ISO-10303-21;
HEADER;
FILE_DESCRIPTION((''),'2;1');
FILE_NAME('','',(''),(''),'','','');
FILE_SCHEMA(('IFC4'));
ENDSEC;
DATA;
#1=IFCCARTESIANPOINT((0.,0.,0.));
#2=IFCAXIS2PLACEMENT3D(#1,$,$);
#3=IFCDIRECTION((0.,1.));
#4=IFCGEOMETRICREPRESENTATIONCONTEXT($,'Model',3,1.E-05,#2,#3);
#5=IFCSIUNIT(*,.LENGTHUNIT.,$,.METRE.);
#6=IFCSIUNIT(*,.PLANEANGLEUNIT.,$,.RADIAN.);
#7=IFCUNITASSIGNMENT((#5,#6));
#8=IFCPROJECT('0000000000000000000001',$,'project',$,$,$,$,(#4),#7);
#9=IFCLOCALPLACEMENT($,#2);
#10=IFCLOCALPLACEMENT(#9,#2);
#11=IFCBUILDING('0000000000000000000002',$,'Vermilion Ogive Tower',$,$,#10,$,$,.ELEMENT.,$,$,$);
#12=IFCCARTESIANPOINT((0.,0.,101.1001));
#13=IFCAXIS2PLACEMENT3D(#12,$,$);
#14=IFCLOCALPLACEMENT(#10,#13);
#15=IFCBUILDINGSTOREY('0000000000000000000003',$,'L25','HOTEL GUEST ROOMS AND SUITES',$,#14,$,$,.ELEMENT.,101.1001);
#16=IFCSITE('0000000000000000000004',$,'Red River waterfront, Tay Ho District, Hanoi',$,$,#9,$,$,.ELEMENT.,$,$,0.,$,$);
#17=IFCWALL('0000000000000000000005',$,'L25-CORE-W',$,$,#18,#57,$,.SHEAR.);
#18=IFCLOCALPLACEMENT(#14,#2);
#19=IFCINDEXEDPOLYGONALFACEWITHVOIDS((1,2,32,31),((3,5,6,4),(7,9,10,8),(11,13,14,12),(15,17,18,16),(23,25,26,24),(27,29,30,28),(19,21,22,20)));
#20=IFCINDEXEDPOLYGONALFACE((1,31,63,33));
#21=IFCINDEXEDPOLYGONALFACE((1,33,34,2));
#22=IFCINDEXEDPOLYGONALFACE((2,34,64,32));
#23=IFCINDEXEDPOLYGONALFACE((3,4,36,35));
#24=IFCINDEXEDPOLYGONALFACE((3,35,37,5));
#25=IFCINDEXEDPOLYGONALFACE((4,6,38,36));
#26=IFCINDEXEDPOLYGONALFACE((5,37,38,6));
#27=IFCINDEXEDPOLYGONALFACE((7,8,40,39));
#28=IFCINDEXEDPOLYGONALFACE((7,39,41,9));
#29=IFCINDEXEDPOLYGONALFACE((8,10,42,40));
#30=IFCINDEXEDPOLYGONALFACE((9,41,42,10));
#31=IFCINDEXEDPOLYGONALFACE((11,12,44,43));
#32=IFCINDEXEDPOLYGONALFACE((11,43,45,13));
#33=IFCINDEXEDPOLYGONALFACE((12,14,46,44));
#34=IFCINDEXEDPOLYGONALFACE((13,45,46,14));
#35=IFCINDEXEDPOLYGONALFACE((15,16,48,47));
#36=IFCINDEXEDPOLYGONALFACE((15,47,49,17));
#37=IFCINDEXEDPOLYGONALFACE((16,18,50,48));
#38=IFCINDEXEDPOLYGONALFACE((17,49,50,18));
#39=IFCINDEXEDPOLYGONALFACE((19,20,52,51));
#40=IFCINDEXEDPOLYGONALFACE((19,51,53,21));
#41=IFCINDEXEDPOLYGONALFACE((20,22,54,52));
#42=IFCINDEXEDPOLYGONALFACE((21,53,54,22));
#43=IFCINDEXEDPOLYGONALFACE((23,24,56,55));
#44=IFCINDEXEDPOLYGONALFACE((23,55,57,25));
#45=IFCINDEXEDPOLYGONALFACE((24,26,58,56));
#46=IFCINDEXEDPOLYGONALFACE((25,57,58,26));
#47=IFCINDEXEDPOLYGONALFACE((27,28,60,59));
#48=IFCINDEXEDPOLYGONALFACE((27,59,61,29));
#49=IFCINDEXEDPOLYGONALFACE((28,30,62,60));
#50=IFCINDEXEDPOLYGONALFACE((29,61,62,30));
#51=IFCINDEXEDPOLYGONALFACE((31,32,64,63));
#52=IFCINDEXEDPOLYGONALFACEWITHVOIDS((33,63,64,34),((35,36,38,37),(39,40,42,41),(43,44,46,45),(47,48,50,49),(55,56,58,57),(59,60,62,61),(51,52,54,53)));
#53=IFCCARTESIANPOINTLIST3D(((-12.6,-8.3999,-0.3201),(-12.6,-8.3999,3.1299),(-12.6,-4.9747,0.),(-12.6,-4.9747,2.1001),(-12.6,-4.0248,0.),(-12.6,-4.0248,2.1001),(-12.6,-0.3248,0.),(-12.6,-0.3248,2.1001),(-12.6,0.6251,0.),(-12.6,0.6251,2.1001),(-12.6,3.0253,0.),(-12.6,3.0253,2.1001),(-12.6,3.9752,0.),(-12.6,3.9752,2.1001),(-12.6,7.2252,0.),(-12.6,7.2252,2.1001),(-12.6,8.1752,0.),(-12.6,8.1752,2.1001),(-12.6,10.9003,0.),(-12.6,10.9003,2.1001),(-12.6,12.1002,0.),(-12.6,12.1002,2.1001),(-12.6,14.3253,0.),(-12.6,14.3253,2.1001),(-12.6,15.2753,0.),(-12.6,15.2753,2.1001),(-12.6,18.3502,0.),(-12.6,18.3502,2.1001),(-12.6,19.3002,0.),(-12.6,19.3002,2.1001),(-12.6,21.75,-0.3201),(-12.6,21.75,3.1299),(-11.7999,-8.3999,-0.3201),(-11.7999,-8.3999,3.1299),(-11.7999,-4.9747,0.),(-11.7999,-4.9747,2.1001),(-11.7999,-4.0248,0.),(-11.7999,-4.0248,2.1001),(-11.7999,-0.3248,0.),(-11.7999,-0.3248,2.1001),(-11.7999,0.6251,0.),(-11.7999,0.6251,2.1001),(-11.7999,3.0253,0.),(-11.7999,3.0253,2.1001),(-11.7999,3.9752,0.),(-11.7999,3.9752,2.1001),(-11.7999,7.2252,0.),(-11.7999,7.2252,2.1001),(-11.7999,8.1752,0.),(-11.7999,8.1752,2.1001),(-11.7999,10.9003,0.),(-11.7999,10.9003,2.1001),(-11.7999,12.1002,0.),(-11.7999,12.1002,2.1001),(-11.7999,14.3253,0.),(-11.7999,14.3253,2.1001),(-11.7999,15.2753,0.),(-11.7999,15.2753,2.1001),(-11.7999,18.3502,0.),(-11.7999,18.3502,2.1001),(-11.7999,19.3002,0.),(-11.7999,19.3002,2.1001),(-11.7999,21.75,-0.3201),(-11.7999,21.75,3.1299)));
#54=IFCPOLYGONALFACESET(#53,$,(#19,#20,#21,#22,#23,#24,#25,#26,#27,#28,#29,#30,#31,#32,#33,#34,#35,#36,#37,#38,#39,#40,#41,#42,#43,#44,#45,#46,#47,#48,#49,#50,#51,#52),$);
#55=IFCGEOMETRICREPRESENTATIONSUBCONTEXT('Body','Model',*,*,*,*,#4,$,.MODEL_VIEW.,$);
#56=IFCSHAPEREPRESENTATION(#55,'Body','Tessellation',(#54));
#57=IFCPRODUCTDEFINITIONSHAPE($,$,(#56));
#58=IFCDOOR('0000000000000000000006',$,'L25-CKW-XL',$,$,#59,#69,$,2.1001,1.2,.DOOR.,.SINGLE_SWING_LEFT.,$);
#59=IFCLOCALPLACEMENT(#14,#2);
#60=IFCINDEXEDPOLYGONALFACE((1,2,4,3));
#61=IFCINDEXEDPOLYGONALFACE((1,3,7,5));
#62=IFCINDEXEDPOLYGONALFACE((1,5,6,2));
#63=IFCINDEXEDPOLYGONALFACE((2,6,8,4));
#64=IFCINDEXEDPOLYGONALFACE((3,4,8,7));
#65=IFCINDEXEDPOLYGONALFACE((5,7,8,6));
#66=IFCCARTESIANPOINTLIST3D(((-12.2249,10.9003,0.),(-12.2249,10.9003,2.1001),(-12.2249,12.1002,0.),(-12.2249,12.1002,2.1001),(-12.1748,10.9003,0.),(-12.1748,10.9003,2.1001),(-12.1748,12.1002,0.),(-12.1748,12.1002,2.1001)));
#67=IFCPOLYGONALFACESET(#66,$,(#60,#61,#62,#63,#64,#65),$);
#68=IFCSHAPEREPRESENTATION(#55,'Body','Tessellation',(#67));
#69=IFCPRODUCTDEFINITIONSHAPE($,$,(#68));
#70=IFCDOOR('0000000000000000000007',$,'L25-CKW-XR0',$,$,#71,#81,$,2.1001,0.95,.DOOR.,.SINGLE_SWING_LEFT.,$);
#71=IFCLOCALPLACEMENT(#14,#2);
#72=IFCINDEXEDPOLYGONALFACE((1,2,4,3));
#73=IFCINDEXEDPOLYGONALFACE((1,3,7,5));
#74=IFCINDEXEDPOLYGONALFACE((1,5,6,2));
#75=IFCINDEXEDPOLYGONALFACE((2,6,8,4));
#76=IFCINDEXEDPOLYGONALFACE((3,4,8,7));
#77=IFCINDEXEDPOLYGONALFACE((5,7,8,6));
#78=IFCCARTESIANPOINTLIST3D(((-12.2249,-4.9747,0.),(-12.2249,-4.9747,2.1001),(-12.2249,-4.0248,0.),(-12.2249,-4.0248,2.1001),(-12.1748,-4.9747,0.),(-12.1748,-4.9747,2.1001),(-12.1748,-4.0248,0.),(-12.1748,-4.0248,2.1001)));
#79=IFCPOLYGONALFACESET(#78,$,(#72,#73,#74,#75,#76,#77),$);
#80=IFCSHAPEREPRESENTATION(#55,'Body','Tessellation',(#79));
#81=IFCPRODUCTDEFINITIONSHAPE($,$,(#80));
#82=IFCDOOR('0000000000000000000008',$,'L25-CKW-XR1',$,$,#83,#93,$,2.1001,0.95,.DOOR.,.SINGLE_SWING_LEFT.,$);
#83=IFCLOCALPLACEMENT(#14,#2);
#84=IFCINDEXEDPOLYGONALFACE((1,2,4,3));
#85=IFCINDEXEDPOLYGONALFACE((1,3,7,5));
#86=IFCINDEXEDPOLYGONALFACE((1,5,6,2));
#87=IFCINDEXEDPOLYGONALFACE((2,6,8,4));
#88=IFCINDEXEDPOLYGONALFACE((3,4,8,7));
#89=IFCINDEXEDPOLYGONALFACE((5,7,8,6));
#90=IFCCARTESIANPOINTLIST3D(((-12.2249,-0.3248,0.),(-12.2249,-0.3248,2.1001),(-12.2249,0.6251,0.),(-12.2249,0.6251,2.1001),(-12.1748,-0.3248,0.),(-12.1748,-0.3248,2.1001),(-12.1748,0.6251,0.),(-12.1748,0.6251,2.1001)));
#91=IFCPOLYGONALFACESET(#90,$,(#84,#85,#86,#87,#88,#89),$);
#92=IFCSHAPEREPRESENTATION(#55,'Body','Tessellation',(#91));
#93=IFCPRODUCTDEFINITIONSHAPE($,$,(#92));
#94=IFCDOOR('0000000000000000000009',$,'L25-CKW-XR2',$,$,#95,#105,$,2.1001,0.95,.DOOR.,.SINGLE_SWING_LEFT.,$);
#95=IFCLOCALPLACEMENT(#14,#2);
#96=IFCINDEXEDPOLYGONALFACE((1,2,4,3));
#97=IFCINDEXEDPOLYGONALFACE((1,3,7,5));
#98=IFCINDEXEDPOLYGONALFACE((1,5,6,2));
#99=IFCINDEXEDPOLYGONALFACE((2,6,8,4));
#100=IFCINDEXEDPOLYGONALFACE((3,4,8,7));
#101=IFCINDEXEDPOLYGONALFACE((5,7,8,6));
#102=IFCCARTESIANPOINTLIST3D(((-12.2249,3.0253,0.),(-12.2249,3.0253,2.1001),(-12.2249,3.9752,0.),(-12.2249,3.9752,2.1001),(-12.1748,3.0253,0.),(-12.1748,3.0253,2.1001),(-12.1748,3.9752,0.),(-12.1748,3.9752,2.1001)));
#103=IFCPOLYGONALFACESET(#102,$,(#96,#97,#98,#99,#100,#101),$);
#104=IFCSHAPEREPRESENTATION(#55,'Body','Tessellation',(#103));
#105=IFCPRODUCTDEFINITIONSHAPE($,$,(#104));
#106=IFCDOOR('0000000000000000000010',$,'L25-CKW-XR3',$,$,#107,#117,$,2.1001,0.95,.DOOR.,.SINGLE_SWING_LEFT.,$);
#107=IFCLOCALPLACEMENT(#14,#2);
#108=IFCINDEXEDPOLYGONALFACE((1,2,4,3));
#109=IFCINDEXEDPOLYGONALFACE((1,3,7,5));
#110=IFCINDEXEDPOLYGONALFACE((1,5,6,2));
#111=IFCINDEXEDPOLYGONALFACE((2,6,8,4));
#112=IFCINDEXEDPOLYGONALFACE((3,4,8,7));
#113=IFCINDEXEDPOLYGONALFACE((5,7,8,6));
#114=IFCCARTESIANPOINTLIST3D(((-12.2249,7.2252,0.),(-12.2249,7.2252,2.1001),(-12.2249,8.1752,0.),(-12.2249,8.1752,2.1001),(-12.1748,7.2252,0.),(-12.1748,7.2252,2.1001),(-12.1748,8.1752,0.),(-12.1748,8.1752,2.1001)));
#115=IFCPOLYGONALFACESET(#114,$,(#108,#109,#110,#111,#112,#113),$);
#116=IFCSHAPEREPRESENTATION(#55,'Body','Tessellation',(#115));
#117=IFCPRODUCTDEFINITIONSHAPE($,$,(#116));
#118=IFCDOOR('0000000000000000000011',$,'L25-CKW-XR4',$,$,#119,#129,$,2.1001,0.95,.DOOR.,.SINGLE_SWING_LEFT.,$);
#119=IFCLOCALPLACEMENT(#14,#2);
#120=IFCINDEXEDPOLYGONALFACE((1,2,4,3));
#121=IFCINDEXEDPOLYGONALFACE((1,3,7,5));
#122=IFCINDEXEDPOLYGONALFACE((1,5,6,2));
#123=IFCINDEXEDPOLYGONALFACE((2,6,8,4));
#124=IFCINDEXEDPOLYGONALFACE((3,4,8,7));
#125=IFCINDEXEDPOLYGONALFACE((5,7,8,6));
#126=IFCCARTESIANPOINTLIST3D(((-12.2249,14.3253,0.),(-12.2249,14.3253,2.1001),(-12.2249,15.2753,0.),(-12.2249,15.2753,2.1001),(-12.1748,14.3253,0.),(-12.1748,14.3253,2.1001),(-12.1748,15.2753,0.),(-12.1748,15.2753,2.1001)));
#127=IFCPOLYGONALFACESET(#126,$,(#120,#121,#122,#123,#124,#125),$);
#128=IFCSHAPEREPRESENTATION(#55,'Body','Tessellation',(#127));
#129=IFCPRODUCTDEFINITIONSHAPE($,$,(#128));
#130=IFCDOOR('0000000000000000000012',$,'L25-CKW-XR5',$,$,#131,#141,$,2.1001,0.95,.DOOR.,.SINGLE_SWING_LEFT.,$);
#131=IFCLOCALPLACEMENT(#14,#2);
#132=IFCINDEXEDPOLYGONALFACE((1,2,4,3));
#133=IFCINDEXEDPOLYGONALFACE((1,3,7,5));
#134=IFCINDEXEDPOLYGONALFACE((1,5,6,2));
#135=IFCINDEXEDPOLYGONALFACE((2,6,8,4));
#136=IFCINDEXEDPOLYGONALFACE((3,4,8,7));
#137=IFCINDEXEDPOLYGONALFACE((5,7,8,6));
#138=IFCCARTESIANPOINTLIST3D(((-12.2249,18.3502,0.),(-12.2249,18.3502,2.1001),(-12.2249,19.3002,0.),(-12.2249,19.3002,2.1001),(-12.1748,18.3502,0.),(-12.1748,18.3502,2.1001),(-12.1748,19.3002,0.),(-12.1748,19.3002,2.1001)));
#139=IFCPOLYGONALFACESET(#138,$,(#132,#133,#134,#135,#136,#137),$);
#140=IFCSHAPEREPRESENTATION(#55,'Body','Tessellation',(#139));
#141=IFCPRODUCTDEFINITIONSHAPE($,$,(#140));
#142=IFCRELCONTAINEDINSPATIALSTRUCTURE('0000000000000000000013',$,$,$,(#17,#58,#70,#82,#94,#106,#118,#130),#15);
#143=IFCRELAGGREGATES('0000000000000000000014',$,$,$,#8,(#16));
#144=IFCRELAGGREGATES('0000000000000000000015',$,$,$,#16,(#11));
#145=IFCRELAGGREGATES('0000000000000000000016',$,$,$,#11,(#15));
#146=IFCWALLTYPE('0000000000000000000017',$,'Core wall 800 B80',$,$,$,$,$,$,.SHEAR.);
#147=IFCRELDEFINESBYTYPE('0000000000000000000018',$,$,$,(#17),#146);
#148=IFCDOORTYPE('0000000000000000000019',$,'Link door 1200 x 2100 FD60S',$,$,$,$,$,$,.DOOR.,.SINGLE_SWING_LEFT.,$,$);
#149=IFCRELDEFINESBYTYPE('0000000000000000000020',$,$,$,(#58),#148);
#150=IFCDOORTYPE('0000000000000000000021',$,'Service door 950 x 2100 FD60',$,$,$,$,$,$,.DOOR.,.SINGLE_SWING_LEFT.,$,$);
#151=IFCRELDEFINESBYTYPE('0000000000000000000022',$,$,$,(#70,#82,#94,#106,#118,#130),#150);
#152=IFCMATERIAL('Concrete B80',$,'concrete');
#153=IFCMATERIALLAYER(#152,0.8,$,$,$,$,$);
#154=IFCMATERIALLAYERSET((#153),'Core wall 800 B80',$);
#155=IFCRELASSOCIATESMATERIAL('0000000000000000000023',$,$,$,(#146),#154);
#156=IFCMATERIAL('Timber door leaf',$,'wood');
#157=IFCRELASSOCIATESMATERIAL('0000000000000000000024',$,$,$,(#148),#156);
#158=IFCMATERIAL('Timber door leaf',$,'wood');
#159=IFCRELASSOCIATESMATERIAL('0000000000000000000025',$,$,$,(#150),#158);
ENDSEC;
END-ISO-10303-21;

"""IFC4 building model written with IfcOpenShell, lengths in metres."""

from ifc_helpers import new_model, si_unit, direction, frame, frame_2d, origin, place, context, subcontext, project, spatial, rectangle, extrude, material, layer, layer_set, type_object, element, fill, save


model = new_model("IFC4")

# Units and contexts
model_context = context("Model", 3, precision=1e-05, world=origin(), true_north=direction((0.0, 1.0)))
body_context = subcontext(model_context, "Body", "Model", "MODEL_VIEW")
ifc_project = project(units=[si_unit("LENGTHUNIT", "METRE"), si_unit("PLANEANGLEUNIT", "RADIAN")], contexts=[model_context])

# Site, building, storey
site_placement = place(None, origin())
site = spatial("IfcSite", under=ifc_project, at=site_placement, Name="Red River waterfront, Tay Ho District, Hanoi", CompositionType="ELEMENT", RefElevation=0.0)
building_placement = place(site_placement, origin())
building = spatial("IfcBuilding", under=site, at=building_placement, Name="Vermilion Ogive Tower", CompositionType="ELEMENT")
storey_placement = place(building_placement, frame((0.0, 0.0, 101.1001)))
storey = spatial("IfcBuildingStorey", under=building, at=storey_placement, Name="L25", Description="HOTEL GUEST ROOMS AND SUITES", CompositionType="ELEMENT", Elevation=101.1001)

# Wall, openings, doors
ifc_material_1 = material(Name="Concrete B80", Category="concrete")
ifc_layer_1 = layer(ifc_material_1, 0.8)
ifc_layer_set_1 = layer_set([ifc_layer_1], Name="Core wall 800 B80")
wall_type_1 = type_object("IfcWallType", Name="Core wall 800 B80", PredefinedType="SHEAR", material=ifc_layer_set_1)
wall_1_placement = place(storey_placement, frame((-12.2, -8.3999, -0.3201), z_axis=(0.0, 0.0, 1.0), x_axis=(0.0, 1.0, 0.0)))
wall_1 = element("IfcWall", 1, at=wall_1_placement, inside=storey, type_object=wall_type_1, Name="L25-CORE-W", PredefinedType="SHEAR", context=body_context, shape_type="SweptSolid", body=[
    extrude(rectangle(XDim=30.1499, YDim=0.8, at=frame_2d((15.075, 0.0))), origin(), (0.0, 0.0, 1.0), 3.45),
])
opening_1_placement = place(wall_1_placement, frame((3.425, 0.0, 0.3201)))
opening_1 = element("IfcOpeningElement", 2, at=opening_1_placement, cuts=wall_1, PredefinedType="OPENING", context=body_context, shape_type="SweptSolid", body=[
    extrude(rectangle(XDim=0.95, YDim=2.1001, at=frame_2d((0.4751, 1.05))), frame((0.0, 0.4099, 0.0), z_axis=(0.0, -1.0, 0.0), x_axis=(1.0, 0.0, 0.0)), (0.0, 0.0, 1.0), 0.8201),
])
opening_2_placement = place(wall_1_placement, frame((8.075, 0.0, 0.3201)))
opening_2 = element("IfcOpeningElement", 3, at=opening_2_placement, cuts=wall_1, PredefinedType="OPENING", context=body_context, shape_type="SweptSolid", body=[
    extrude(rectangle(XDim=0.95, YDim=2.1001, at=frame_2d((0.4751, 1.05))), frame((0.0, 0.4099, 0.0), z_axis=(0.0, -1.0, 0.0), x_axis=(1.0, 0.0, 0.0)), (0.0, 0.0, 1.0), 0.8201),
])
opening_3_placement = place(wall_1_placement, frame((11.425, 0.0, 0.3201)))
opening_3 = element("IfcOpeningElement", 4, at=opening_3_placement, cuts=wall_1, PredefinedType="OPENING", context=body_context, shape_type="SweptSolid", body=[
    extrude(rectangle(XDim=0.95, YDim=2.1001, at=frame_2d((0.4751, 1.05))), frame((0.0, 0.4099, 0.0), z_axis=(0.0, -1.0, 0.0), x_axis=(1.0, 0.0, 0.0)), (0.0, 0.0, 1.0), 0.8201),
])
opening_4_placement = place(wall_1_placement, frame((15.625, 0.0, 0.3201)))
opening_4 = element("IfcOpeningElement", 5, at=opening_4_placement, cuts=wall_1, PredefinedType="OPENING", context=body_context, shape_type="SweptSolid", body=[
    extrude(rectangle(XDim=0.95, YDim=2.1001, at=frame_2d((0.4751, 1.05))), frame((0.0, 0.4099, 0.0), z_axis=(0.0, -1.0, 0.0), x_axis=(1.0, 0.0, 0.0)), (0.0, 0.0, 1.0), 0.8201),
])
opening_5_placement = place(wall_1_placement, frame((22.7251, 0.0, 0.3201)))
opening_5 = element("IfcOpeningElement", 6, at=opening_5_placement, cuts=wall_1, PredefinedType="OPENING", context=body_context, shape_type="SweptSolid", body=[
    extrude(rectangle(XDim=0.95, YDim=2.1001, at=frame_2d((0.4751, 1.05))), frame((0.0, 0.4099, 0.0), z_axis=(0.0, -1.0, 0.0), x_axis=(1.0, 0.0, 0.0)), (0.0, 0.0, 1.0), 0.8201),
])
opening_6_placement = place(wall_1_placement, frame((26.75, 0.0, 0.3201)))
opening_6 = element("IfcOpeningElement", 7, at=opening_6_placement, cuts=wall_1, PredefinedType="OPENING", context=body_context, shape_type="SweptSolid", body=[
    extrude(rectangle(XDim=0.95, YDim=2.1001, at=frame_2d((0.4751, 1.05))), frame((0.0, 0.4099, 0.0), z_axis=(0.0, -1.0, 0.0), x_axis=(1.0, 0.0, 0.0)), (0.0, 0.0, 1.0), 0.8201),
])
opening_7_placement = place(wall_1_placement, frame((19.3, 0.0, 0.3201)))
opening_7 = element("IfcOpeningElement", 8, at=opening_7_placement, cuts=wall_1, PredefinedType="OPENING", context=body_context, shape_type="SweptSolid", body=[
    extrude(rectangle(XDim=1.2, YDim=2.1001, at=frame_2d((0.6001, 1.05))), frame((0.0, 0.4099, 0.0), z_axis=(0.0, -1.0, 0.0), x_axis=(1.0, 0.0, 0.0)), (0.0, 0.0, 1.0), 0.8201),
])
ifc_material_2 = material(Name="Timber door leaf", Category="wood")
door_type_1 = type_object("IfcDoorType", Name="Link door 1200 x 2100 FD60S", OperationType="SINGLE_SWING_LEFT", PredefinedType="DOOR", material=ifc_material_2)
door_1_placement = place(opening_7_placement, origin())
door_1 = element("IfcDoor", 9, at=door_1_placement, inside=storey, type_object=door_type_1, Name="L25-CKW-XL", OperationType="SINGLE_SWING_LEFT", OverallHeight=2.1001, OverallWidth=1.2, PredefinedType="DOOR", context=body_context, shape_type="SweptSolid", body=[
    extrude(rectangle(XDim=1.2, YDim=2.1001, at=frame_2d((0.6001, 1.05))), frame((0.0, 0.0249, 0.0), z_axis=(0.0, -1.0, 0.0), x_axis=(1.0, 0.0, 0.0)), (0.0, 0.0, 1.0), 0.05),
])
fill(opening_7, door_1)
ifc_material_3 = material(Name="Timber door leaf", Category="wood")
door_type_2 = type_object("IfcDoorType", Name="Service door 950 x 2100 FD60", OperationType="SINGLE_SWING_LEFT", PredefinedType="DOOR", material=ifc_material_3)
door_2_placement = place(opening_1_placement, origin())
door_2 = element("IfcDoor", 10, at=door_2_placement, inside=storey, type_object=door_type_2, Name="L25-CKW-XR0", OperationType="SINGLE_SWING_LEFT", OverallHeight=2.1001, OverallWidth=0.95, PredefinedType="DOOR", context=body_context, shape_type="SweptSolid", body=[
    extrude(rectangle(XDim=0.95, YDim=2.1001, at=frame_2d((0.4751, 1.05))), frame((0.0, 0.0249, 0.0), z_axis=(0.0, -1.0, 0.0), x_axis=(1.0, 0.0, 0.0)), (0.0, 0.0, 1.0), 0.05),
])
fill(opening_1, door_2)
door_3_placement = place(opening_2_placement, origin())
door_3 = element("IfcDoor", 11, at=door_3_placement, inside=storey, type_object=door_type_2, Name="L25-CKW-XR1", OperationType="SINGLE_SWING_LEFT", OverallHeight=2.1001, OverallWidth=0.95, PredefinedType="DOOR", context=body_context, shape_type="SweptSolid", body=[
    extrude(rectangle(XDim=0.95, YDim=2.1001, at=frame_2d((0.4751, 1.05))), frame((0.0, 0.0249, 0.0), z_axis=(0.0, -1.0, 0.0), x_axis=(1.0, 0.0, 0.0)), (0.0, 0.0, 1.0), 0.05),
])
fill(opening_2, door_3)
door_4_placement = place(opening_3_placement, origin())
door_4 = element("IfcDoor", 12, at=door_4_placement, inside=storey, type_object=door_type_2, Name="L25-CKW-XR2", OperationType="SINGLE_SWING_LEFT", OverallHeight=2.1001, OverallWidth=0.95, PredefinedType="DOOR", context=body_context, shape_type="SweptSolid", body=[
    extrude(rectangle(XDim=0.95, YDim=2.1001, at=frame_2d((0.4751, 1.05))), frame((0.0, 0.0249, 0.0), z_axis=(0.0, -1.0, 0.0), x_axis=(1.0, 0.0, 0.0)), (0.0, 0.0, 1.0), 0.05),
])
fill(opening_3, door_4)
door_5_placement = place(opening_4_placement, origin())
door_5 = element("IfcDoor", 13, at=door_5_placement, inside=storey, type_object=door_type_2, Name="L25-CKW-XR3", OperationType="SINGLE_SWING_LEFT", OverallHeight=2.1001, OverallWidth=0.95, PredefinedType="DOOR", context=body_context, shape_type="SweptSolid", body=[
    extrude(rectangle(XDim=0.95, YDim=2.1001, at=frame_2d((0.4751, 1.05))), frame((0.0, 0.0249, 0.0), z_axis=(0.0, -1.0, 0.0), x_axis=(1.0, 0.0, 0.0)), (0.0, 0.0, 1.0), 0.05),
])
fill(opening_4, door_5)
door_6_placement = place(opening_5_placement, origin())
door_6 = element("IfcDoor", 14, at=door_6_placement, inside=storey, type_object=door_type_2, Name="L25-CKW-XR4", OperationType="SINGLE_SWING_LEFT", OverallHeight=2.1001, OverallWidth=0.95, PredefinedType="DOOR", context=body_context, shape_type="SweptSolid", body=[
    extrude(rectangle(XDim=0.95, YDim=2.1001, at=frame_2d((0.4751, 1.05))), frame((0.0, 0.0249, 0.0), z_axis=(0.0, -1.0, 0.0), x_axis=(1.0, 0.0, 0.0)), (0.0, 0.0, 1.0), 0.05),
])
fill(opening_5, door_6)
door_7_placement = place(opening_6_placement, origin())
door_7 = element("IfcDoor", 15, at=door_7_placement, inside=storey, type_object=door_type_2, Name="L25-CKW-XR5", OperationType="SINGLE_SWING_LEFT", OverallHeight=2.1001, OverallWidth=0.95, PredefinedType="DOOR", context=body_context, shape_type="SweptSolid", body=[
    extrude(rectangle(XDim=0.95, YDim=2.1001, at=frame_2d((0.4751, 1.05))), frame((0.0, 0.0249, 0.0), z_axis=(0.0, -1.0, 0.0), x_axis=(1.0, 0.0, 0.0)), (0.0, 0.0, 1.0), 0.05),
])
fill(opening_6, door_7)

save(model, "model.ifc")
